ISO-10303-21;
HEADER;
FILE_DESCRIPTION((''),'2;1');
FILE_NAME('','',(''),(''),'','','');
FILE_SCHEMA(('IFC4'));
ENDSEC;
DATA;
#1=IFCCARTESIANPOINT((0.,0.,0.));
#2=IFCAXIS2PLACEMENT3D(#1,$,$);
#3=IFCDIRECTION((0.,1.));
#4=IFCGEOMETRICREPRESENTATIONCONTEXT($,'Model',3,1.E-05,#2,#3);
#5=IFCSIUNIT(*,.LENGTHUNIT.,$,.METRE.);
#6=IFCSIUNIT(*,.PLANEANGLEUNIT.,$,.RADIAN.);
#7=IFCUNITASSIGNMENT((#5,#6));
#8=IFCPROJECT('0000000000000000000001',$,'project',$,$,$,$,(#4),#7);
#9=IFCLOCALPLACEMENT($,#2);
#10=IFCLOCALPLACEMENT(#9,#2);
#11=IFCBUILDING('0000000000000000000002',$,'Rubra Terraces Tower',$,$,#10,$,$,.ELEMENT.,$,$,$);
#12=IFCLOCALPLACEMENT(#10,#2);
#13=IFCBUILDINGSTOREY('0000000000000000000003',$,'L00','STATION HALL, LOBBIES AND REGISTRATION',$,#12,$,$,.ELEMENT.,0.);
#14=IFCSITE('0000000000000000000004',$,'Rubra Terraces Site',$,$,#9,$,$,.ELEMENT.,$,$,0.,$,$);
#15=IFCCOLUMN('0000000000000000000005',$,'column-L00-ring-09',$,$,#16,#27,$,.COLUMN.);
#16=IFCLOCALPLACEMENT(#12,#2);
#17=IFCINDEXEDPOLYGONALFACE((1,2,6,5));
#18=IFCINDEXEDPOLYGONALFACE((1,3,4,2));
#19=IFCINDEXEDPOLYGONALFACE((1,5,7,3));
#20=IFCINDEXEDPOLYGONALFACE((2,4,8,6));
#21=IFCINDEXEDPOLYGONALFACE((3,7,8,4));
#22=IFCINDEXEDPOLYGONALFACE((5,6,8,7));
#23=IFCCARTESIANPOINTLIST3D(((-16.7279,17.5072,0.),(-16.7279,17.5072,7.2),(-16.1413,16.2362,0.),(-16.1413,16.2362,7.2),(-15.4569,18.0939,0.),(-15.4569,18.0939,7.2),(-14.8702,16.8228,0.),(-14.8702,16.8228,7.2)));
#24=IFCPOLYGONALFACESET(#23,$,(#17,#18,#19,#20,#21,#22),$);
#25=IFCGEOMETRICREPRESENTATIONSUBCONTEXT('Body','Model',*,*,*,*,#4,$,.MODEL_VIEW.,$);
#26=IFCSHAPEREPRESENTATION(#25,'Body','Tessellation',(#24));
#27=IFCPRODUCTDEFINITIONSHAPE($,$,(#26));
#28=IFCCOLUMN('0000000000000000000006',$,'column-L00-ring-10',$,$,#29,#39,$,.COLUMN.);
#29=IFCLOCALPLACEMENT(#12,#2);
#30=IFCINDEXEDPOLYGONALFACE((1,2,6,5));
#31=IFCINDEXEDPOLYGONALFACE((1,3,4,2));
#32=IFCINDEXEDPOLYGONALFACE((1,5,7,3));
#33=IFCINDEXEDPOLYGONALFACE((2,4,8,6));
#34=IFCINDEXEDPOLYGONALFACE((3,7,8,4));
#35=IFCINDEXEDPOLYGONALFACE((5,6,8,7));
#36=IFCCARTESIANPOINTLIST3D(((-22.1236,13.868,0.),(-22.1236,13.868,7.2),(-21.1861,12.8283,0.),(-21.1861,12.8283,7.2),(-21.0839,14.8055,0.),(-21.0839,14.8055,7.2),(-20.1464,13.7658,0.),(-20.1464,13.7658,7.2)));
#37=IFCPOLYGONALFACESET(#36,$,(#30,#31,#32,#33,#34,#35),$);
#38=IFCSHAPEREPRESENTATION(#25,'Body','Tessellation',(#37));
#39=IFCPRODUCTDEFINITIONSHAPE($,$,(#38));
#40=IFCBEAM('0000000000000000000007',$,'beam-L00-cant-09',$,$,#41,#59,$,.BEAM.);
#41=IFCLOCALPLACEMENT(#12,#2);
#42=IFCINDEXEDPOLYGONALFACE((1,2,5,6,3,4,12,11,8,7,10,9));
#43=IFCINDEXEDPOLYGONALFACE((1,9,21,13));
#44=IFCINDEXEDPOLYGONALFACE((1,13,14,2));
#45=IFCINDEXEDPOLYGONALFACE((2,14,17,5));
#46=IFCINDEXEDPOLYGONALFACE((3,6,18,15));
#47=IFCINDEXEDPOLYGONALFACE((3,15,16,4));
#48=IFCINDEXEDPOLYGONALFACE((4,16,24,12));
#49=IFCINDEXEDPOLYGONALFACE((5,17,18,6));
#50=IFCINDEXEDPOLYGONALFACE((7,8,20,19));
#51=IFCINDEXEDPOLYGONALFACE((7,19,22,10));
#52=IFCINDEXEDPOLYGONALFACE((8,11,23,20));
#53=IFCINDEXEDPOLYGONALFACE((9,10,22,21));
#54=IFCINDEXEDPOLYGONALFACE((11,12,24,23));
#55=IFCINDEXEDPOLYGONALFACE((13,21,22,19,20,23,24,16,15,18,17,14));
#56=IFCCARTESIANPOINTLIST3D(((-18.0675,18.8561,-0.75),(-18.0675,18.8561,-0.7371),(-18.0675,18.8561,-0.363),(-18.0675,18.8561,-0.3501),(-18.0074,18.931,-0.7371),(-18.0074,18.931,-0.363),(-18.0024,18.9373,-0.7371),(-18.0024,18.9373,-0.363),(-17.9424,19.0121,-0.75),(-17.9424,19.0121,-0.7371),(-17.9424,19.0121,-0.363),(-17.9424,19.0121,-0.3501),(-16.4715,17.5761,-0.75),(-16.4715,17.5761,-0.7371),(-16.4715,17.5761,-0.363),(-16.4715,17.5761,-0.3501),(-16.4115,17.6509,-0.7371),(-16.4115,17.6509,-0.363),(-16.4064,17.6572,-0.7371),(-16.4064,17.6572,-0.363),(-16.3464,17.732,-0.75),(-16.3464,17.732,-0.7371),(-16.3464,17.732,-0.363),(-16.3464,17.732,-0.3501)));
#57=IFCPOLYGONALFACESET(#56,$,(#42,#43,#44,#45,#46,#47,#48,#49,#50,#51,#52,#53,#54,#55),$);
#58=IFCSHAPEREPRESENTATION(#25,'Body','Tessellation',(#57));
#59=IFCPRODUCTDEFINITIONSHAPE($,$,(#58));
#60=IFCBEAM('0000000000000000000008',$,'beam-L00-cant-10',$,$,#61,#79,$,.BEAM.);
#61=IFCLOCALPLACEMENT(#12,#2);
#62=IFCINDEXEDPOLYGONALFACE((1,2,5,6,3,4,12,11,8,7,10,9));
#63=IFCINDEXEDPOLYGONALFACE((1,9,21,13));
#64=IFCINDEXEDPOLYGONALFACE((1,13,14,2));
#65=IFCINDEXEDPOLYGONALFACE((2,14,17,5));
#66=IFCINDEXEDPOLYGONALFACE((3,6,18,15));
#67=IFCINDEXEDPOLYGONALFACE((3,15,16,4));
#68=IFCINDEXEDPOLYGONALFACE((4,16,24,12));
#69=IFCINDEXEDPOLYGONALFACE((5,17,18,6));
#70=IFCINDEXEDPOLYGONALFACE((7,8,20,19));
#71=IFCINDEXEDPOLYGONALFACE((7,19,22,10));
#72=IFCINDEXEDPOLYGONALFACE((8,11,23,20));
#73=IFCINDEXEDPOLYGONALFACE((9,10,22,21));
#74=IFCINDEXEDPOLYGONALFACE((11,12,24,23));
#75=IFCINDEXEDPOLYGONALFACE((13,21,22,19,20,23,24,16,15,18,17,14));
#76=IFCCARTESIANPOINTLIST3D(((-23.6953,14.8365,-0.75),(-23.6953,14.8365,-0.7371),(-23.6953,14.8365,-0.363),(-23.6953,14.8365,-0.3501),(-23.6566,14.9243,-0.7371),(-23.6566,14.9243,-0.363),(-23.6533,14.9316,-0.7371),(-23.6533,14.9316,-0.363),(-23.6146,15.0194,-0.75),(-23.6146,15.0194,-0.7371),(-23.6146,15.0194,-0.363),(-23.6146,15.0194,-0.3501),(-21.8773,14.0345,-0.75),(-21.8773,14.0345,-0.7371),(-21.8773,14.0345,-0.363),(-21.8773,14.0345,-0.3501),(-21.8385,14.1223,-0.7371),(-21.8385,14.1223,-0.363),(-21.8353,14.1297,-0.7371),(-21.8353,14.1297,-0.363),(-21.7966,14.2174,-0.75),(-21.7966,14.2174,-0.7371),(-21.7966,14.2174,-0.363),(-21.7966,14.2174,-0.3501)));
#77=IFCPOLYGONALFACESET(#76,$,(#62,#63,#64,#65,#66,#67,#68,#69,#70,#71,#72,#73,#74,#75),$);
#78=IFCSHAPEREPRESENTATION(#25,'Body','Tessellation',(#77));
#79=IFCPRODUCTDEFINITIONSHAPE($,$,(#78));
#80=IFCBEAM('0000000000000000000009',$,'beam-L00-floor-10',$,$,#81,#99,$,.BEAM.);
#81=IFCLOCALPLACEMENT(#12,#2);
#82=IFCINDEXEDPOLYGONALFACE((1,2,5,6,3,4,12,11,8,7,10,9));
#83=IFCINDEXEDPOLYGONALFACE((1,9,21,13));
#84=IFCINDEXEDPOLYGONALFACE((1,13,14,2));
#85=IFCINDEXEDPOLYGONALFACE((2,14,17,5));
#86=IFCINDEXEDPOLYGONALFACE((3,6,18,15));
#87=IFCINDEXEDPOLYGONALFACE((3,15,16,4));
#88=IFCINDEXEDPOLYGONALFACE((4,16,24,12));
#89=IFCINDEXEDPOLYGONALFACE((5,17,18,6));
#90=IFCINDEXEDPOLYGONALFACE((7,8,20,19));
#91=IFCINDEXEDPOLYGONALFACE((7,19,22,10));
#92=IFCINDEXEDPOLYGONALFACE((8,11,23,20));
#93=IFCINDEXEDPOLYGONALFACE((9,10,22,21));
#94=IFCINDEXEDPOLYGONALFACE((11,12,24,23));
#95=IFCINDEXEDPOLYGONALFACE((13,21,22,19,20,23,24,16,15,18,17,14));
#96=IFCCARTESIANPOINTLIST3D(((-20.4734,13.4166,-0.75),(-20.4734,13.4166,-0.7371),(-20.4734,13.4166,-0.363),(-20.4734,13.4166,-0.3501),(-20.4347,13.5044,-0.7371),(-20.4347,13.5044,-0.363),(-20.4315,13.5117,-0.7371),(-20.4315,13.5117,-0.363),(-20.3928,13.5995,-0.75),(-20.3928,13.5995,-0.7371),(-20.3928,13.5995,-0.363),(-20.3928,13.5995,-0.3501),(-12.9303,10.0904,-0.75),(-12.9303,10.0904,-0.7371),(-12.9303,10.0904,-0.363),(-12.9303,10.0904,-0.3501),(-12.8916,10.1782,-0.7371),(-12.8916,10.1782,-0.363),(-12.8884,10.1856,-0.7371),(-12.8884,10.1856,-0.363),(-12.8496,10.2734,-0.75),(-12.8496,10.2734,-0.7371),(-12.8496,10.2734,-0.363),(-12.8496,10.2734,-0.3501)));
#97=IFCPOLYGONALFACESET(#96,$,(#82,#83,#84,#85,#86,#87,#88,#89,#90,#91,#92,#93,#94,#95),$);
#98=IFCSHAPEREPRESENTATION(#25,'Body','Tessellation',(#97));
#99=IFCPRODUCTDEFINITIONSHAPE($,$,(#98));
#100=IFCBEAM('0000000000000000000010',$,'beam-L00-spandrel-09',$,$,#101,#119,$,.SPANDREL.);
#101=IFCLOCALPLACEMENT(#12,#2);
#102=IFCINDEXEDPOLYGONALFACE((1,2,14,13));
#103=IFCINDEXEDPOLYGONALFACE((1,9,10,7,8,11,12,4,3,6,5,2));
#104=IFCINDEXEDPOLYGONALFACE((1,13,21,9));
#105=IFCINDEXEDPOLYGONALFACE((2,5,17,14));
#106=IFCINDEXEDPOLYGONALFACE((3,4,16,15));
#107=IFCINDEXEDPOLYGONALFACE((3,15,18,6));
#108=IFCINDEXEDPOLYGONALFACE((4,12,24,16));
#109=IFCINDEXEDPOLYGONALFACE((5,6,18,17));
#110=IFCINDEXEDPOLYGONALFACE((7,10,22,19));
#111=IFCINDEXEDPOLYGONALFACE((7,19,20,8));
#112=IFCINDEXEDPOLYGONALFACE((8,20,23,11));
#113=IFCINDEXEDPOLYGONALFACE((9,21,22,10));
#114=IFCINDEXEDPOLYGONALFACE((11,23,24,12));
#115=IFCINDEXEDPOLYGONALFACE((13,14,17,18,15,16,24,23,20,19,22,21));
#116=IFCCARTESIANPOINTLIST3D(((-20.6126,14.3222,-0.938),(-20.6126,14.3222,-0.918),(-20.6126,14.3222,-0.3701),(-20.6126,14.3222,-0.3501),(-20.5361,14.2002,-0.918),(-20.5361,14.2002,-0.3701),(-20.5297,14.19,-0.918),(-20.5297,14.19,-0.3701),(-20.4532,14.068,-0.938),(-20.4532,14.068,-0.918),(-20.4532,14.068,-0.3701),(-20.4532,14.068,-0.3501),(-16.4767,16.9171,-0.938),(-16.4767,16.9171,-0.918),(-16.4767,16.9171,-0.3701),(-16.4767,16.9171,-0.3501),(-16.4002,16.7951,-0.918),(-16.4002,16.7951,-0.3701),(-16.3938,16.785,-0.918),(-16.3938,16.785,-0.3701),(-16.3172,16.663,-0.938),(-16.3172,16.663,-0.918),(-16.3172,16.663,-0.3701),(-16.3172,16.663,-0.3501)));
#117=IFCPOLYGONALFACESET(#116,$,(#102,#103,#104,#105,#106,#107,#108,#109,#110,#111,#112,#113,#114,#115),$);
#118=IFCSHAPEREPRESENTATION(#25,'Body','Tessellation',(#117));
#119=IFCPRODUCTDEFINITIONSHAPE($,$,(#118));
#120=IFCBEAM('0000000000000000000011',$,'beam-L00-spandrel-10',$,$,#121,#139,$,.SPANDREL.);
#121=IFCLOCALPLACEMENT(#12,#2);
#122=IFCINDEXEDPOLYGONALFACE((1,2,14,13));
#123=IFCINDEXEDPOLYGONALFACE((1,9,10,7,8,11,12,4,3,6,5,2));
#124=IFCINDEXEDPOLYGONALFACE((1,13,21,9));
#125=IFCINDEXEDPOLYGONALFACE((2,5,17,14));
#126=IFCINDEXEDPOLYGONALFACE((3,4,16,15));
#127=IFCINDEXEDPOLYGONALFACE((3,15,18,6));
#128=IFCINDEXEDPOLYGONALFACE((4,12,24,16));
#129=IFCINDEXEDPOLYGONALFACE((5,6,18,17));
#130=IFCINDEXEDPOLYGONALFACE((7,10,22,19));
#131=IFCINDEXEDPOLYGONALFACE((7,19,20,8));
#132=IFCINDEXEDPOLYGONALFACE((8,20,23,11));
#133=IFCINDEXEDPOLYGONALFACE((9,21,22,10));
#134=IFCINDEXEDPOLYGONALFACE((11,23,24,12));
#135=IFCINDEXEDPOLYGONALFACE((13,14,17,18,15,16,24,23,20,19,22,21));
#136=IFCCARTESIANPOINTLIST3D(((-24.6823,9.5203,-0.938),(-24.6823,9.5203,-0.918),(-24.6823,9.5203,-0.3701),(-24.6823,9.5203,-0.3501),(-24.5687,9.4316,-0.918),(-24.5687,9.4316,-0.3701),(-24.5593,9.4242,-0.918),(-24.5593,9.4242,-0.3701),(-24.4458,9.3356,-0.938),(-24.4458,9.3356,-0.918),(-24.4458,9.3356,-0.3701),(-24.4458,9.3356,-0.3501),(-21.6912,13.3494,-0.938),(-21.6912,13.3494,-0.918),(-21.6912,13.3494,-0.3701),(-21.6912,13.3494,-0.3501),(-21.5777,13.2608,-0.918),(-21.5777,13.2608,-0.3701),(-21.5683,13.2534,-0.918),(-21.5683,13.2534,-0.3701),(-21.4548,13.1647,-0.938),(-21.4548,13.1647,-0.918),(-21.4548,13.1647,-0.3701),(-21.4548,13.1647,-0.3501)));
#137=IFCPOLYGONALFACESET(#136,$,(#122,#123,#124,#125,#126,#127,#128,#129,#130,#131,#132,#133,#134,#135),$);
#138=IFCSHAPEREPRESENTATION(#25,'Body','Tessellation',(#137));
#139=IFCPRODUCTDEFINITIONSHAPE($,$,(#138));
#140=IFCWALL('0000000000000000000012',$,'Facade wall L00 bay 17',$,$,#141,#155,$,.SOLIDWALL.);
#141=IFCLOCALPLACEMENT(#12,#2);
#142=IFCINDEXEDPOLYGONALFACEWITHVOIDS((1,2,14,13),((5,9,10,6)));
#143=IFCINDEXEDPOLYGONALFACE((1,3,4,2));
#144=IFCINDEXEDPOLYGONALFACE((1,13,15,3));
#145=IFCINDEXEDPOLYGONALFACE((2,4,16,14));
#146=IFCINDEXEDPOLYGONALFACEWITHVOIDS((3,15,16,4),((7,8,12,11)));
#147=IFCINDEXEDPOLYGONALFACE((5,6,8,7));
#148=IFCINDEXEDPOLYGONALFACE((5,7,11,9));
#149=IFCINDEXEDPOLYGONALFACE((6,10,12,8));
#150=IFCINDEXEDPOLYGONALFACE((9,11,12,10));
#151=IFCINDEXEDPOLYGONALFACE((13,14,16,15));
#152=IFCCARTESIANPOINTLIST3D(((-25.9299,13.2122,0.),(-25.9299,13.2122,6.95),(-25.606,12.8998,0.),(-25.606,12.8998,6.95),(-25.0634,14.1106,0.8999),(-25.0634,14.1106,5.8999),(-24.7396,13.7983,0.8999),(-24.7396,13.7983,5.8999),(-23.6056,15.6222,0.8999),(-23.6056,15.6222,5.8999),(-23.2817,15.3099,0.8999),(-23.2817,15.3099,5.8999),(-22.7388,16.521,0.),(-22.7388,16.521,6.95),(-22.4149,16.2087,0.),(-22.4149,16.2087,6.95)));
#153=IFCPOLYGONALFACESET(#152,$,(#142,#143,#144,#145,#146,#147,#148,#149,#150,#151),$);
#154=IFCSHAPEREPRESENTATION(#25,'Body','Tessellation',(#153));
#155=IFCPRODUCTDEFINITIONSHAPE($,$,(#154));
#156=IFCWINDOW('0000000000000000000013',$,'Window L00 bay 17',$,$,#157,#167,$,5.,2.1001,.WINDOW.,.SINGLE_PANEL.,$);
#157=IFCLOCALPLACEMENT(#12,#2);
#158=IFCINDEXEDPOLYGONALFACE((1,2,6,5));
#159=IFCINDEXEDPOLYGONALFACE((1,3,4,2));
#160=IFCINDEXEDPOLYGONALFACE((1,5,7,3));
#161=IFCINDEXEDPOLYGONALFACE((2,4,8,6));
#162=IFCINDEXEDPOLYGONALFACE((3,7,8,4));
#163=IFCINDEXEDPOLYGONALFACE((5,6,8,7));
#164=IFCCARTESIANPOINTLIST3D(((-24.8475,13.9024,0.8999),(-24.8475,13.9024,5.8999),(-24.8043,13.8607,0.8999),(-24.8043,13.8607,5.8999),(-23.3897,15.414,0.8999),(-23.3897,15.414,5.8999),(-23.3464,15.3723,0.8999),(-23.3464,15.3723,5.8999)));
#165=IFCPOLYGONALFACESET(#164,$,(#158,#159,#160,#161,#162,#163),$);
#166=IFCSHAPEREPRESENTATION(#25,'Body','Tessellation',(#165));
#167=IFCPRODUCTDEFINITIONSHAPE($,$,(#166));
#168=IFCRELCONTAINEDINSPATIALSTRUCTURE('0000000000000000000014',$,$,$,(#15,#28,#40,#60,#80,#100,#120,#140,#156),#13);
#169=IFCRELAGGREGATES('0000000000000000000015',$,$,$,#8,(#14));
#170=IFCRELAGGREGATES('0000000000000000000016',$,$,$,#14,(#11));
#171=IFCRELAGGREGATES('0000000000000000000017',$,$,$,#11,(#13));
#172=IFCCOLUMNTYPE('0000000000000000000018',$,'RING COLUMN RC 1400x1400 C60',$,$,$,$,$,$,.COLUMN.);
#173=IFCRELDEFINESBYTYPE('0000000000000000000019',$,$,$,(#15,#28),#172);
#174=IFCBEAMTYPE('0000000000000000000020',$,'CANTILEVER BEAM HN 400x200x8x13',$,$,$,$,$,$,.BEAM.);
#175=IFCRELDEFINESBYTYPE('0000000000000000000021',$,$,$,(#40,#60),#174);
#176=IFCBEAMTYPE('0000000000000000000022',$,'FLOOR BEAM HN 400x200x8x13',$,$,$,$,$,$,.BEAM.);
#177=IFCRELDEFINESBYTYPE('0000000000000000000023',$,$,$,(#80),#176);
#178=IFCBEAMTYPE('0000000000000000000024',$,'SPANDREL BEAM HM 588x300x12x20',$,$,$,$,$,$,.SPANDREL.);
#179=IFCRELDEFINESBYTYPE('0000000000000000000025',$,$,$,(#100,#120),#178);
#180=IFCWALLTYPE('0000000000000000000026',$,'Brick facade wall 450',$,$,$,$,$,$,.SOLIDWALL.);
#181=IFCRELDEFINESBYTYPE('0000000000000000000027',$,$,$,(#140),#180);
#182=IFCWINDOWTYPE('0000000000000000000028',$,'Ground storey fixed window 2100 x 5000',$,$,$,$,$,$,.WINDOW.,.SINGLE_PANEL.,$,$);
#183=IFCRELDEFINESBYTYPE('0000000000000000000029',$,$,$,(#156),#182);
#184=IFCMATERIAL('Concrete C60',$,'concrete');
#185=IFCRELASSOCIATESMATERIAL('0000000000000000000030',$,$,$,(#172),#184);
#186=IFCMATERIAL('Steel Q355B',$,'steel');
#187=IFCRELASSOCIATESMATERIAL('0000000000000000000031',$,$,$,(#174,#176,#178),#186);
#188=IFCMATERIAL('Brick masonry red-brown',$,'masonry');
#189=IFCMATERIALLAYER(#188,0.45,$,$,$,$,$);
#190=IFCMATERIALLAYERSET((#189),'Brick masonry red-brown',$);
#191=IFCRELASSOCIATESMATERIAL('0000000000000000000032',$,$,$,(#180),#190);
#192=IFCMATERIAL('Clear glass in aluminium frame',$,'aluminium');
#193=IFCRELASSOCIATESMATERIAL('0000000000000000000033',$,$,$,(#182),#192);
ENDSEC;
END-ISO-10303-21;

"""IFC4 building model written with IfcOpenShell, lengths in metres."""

from ifc_helpers import new_model, si_unit, direction, frame, frame_2d, origin, origin_2d, place, context, subcontext, project, spatial, rectangle, i_section, extrude, material, layer, layer_set, material_profile, profile_set, type_object, element, fill, save


model = new_model("IFC4")

# Units and contexts
model_context = context("Model", 3, precision=1e-05, world=origin(), true_north=direction((0.0, 1.0)))
body_context = subcontext(model_context, "Body", "Model", "MODEL_VIEW")
ifc_project = project(units=[si_unit("LENGTHUNIT", "METRE"), si_unit("PLANEANGLEUNIT", "RADIAN")], contexts=[model_context])

# Site, building, storey
site_placement = place(None, origin())
site = spatial("IfcSite", under=ifc_project, at=site_placement, Name="Rubra Terraces Site", CompositionType="ELEMENT", RefElevation=0.0)
building_placement = place(site_placement, origin())
building = spatial("IfcBuilding", under=site, at=building_placement, Name="Rubra Terraces Tower", CompositionType="ELEMENT")
storey_placement = place(building_placement, origin())
storey = spatial("IfcBuildingStorey", under=building, at=storey_placement, Name="L00", Description="STATION HALL, LOBBIES AND REGISTRATION", CompositionType="ELEMENT", Elevation=0.0)

# Columns
ifc_material_1 = material(Name="Concrete C60", Category="concrete")
ifc_material_profile_1 = material_profile(ifc_material_1, rectangle(XDim=1.3999, YDim=1.3999, at=origin_2d()), Name="RC 1400x1400")
ifc_profile_set_1 = profile_set([ifc_material_profile_1], Name="Concrete C60")
column_type = type_object("IfcColumnType", Name="RING COLUMN RC 1400x1400 C60", PredefinedType="COLUMN", material=ifc_profile_set_1)
for number, where, z_axis, x_axis, name in (
    (1, (-15.7991, 17.165, 0.0), (0.0, 0.0, 1.0), (-0.907952, -0.419073, 0.0), "column-L00-ring-09"),
    (2, (-21.135, 13.8169, 0.0), (0.0, 0.0, 1.0), (-0.742676, -0.669651, 0.0), "column-L00-ring-10"),
):
    element("IfcColumn", number, at=place(storey_placement, frame(where, z_axis=z_axis, x_axis=x_axis)), inside=storey, type_object=column_type, Name=name, PredefinedType="COLUMN", context=body_context, shape_type="SweptSolid", body=[
        extrude(rectangle(XDim=1.3999, YDim=1.3999, at=origin_2d()), origin(), (0.0, 0.0, 1.0), 7.2),
    ])

# Beams
ifc_material_2 = material(Name="Steel Q355B", Category="steel")
ifc_material_profile_2 = material_profile(ifc_material_2, i_section(OverallWidth=0.2, OverallDepth=0.3999, WebThickness=0.0081, FlangeThickness=0.0129, at=origin_2d()), Name="HN 400x200x8x13")
ifc_profile_set_2 = profile_set([ifc_material_profile_2], Name="Steel Q355B")
beam_type_1 = type_object("IfcBeamType", Name="CANTILEVER BEAM HN 400x200x8x13", PredefinedType="BEAM", material=ifc_profile_set_2)
beam_1_placement = place(storey_placement, frame((-16.4089, 17.6541, -0.55), z_axis=(-0.780088, 0.62567, 0.0), x_axis=(-0.62567, -0.780088, 0.0)))
element("IfcBeam", 3, at=beam_1_placement, inside=storey, type_object=beam_type_1, Name="beam-L00-cant-09", PredefinedType="BEAM", context=body_context, shape_type="SweptSolid", body=[
    extrude(i_section(OverallWidth=0.2, OverallDepth=0.3999, WebThickness=0.0081, FlangeThickness=0.0129, at=origin_2d()), origin(), (0.0, 0.0, 1.0), 2.0459),
])
beam_2_placement = place(storey_placement, frame((-21.8369, 14.126, -0.55), z_axis=(-0.914938, 0.403595, 0.0), x_axis=(-0.403595, -0.914938, 0.0)))
element("IfcBeam", 4, at=beam_2_placement, inside=storey, type_object=beam_type_1, Name="beam-L00-cant-10", PredefinedType="BEAM", context=body_context, shape_type="SweptSolid", body=[
    extrude(i_section(OverallWidth=0.2, OverallDepth=0.3999, WebThickness=0.0081, FlangeThickness=0.0129, at=origin_2d()), origin(), (0.0, 0.0, 1.0), 1.9871),
])
ifc_material_profile_3 = material_profile(ifc_material_2, i_section(OverallWidth=0.2, OverallDepth=0.3999, WebThickness=0.0081, FlangeThickness=0.0129, at=origin_2d()), Name="HN 400x200x8x13")
ifc_profile_set_3 = profile_set([ifc_material_profile_3], Name="Steel Q355B")
beam_type_2 = type_object("IfcBeamType", Name="FLOOR BEAM HN 400x200x8x13", PredefinedType="BEAM", material=ifc_profile_set_3)
beam_3_placement = place(storey_placement, frame((-20.4331, 13.5081, -0.55), z_axis=(0.914995, -0.403466, 0.0), x_axis=(0.403466, 0.914995, 0.0)))
element("IfcBeam", 5, at=beam_3_placement, inside=storey, type_object=beam_type_2, Name="beam-L00-floor-10", PredefinedType="BEAM", context=body_context, shape_type="SweptSolid", body=[
    extrude(i_section(OverallWidth=0.2, OverallDepth=0.3999, WebThickness=0.0081, FlangeThickness=0.0129, at=origin_2d()), origin(), (0.0, 0.0, 1.0), 8.2439),
])
ifc_material_profile_4 = material_profile(ifc_material_2, i_section(OverallWidth=0.3, OverallDepth=0.5879, WebThickness=0.012, FlangeThickness=0.02, at=origin_2d()), Name="HM 588x300x12x20")
ifc_profile_set_4 = profile_set([ifc_material_profile_4], Name="Steel Q355B")
beam_type_3 = type_object("IfcBeamType", Name="SPANDREL BEAM HM 588x300x12x20", PredefinedType="SPANDREL", material=ifc_profile_set_4)
beam_4_placement = place(storey_placement, frame((-16.397, 16.79, -0.644), z_axis=(-0.847078, -0.531468, 0.0), x_axis=(0.531468, -0.847078, 0.0)))
element("IfcBeam", 6, at=beam_4_placement, inside=storey, type_object=beam_type_3, Name="beam-L00-spandrel-09", PredefinedType="SPANDREL", context=body_context, shape_type="SweptSolid", body=[
    extrude(i_section(OverallWidth=0.3, OverallDepth=0.5879, WebThickness=0.012, FlangeThickness=0.02, at=origin_2d()), origin(), (0.0, 0.0, 1.0), 4.8826),
])
beam_5_placement = place(storey_placement, frame((-21.573, 13.2571, -0.644), z_axis=(-0.615578, -0.788076, 0.0), x_axis=(0.788076, -0.615578, 0.0)))
element("IfcBeam", 7, at=beam_5_placement, inside=storey, type_object=beam_type_3, Name="beam-L00-spandrel-10", PredefinedType="SPANDREL", context=body_context, shape_type="SweptSolid", body=[
    extrude(i_section(OverallWidth=0.3, OverallDepth=0.5879, WebThickness=0.012, FlangeThickness=0.02, at=origin_2d()), origin(), (0.0, 0.0, 1.0), 4.8589),
])

# Shared definitions
ifc_material_3 = material(Name="Brick masonry red-brown", Category="masonry")
ifc_layer_1 = layer(ifc_material_3, 0.45)
ifc_layer_set_1 = layer_set([ifc_layer_1], Name="Brick masonry red-brown")
wall_type_1 = type_object("IfcWallType", Name="Brick facade wall 450", PredefinedType="SOLIDWALL", material=ifc_layer_set_1)
ifc_material_4 = material(Name="Clear glass in aluminium frame", Category="aluminium")
window_type = type_object("IfcWindowType", Name="Ground storey fixed window 2100 x 5000", PartitioningType="SINGLE_PANEL", PredefinedType="WINDOW", material=ifc_material_4)

# Wall, opening, window
wall_1_placement = place(storey_placement, frame((-22.5769, 16.3647, 0.0), z_axis=(0.0, 0.0, 1.0), x_axis=(-0.694192, -0.71979, 0.0)))
wall_1 = element("IfcWall", 8, at=wall_1_placement, inside=storey, type_object=wall_type_1, Name="Facade wall L00 bay 17", PredefinedType="SOLIDWALL", context=body_context, shape_type="SweptSolid", body=[
    extrude(rectangle(XDim=4.5969, YDim=0.45, at=frame_2d((2.2983, 0.0))), origin(), (0.0, 0.0, 1.0), 6.95),
])
opening_1_placement = place(wall_1_placement, frame((1.2485, 0.0, 0.8999)))
opening_1 = element("IfcOpeningElement", 9, at=opening_1_placement, cuts=wall_1, PredefinedType="OPENING", context=body_context, shape_type="SweptSolid", body=[
    extrude(rectangle(XDim=2.1001, YDim=5.0, at=frame_2d((1.05, 2.5))), frame((0.0, 0.2349, 0.0), z_axis=(0.0, -1.0, 0.0), x_axis=(1.0, 0.0, 0.0)), (0.0, 0.0, 1.0), 0.47),
])
window_1_placement = place(opening_1_placement, origin())
window_1 = element("IfcWindow", 10, at=window_1_placement, inside=storey, type_object=window_type, Name="Window L00 bay 17", OverallHeight=5.0, OverallWidth=2.1001, PartitioningType="SINGLE_PANEL", PredefinedType="WINDOW", context=body_context, shape_type="SweptSolid", body=[
    extrude(rectangle(XDim=2.1001, YDim=5.0, at=frame_2d((1.05, 2.5))), frame((0.0, 0.135, 0.0), z_axis=(0.0, -1.0, 0.0), x_axis=(1.0, 0.0, 0.0)), (0.0, 0.0, 1.0), 0.0601),
])
fill(opening_1, window_1)

save(model, "model.ifc")
